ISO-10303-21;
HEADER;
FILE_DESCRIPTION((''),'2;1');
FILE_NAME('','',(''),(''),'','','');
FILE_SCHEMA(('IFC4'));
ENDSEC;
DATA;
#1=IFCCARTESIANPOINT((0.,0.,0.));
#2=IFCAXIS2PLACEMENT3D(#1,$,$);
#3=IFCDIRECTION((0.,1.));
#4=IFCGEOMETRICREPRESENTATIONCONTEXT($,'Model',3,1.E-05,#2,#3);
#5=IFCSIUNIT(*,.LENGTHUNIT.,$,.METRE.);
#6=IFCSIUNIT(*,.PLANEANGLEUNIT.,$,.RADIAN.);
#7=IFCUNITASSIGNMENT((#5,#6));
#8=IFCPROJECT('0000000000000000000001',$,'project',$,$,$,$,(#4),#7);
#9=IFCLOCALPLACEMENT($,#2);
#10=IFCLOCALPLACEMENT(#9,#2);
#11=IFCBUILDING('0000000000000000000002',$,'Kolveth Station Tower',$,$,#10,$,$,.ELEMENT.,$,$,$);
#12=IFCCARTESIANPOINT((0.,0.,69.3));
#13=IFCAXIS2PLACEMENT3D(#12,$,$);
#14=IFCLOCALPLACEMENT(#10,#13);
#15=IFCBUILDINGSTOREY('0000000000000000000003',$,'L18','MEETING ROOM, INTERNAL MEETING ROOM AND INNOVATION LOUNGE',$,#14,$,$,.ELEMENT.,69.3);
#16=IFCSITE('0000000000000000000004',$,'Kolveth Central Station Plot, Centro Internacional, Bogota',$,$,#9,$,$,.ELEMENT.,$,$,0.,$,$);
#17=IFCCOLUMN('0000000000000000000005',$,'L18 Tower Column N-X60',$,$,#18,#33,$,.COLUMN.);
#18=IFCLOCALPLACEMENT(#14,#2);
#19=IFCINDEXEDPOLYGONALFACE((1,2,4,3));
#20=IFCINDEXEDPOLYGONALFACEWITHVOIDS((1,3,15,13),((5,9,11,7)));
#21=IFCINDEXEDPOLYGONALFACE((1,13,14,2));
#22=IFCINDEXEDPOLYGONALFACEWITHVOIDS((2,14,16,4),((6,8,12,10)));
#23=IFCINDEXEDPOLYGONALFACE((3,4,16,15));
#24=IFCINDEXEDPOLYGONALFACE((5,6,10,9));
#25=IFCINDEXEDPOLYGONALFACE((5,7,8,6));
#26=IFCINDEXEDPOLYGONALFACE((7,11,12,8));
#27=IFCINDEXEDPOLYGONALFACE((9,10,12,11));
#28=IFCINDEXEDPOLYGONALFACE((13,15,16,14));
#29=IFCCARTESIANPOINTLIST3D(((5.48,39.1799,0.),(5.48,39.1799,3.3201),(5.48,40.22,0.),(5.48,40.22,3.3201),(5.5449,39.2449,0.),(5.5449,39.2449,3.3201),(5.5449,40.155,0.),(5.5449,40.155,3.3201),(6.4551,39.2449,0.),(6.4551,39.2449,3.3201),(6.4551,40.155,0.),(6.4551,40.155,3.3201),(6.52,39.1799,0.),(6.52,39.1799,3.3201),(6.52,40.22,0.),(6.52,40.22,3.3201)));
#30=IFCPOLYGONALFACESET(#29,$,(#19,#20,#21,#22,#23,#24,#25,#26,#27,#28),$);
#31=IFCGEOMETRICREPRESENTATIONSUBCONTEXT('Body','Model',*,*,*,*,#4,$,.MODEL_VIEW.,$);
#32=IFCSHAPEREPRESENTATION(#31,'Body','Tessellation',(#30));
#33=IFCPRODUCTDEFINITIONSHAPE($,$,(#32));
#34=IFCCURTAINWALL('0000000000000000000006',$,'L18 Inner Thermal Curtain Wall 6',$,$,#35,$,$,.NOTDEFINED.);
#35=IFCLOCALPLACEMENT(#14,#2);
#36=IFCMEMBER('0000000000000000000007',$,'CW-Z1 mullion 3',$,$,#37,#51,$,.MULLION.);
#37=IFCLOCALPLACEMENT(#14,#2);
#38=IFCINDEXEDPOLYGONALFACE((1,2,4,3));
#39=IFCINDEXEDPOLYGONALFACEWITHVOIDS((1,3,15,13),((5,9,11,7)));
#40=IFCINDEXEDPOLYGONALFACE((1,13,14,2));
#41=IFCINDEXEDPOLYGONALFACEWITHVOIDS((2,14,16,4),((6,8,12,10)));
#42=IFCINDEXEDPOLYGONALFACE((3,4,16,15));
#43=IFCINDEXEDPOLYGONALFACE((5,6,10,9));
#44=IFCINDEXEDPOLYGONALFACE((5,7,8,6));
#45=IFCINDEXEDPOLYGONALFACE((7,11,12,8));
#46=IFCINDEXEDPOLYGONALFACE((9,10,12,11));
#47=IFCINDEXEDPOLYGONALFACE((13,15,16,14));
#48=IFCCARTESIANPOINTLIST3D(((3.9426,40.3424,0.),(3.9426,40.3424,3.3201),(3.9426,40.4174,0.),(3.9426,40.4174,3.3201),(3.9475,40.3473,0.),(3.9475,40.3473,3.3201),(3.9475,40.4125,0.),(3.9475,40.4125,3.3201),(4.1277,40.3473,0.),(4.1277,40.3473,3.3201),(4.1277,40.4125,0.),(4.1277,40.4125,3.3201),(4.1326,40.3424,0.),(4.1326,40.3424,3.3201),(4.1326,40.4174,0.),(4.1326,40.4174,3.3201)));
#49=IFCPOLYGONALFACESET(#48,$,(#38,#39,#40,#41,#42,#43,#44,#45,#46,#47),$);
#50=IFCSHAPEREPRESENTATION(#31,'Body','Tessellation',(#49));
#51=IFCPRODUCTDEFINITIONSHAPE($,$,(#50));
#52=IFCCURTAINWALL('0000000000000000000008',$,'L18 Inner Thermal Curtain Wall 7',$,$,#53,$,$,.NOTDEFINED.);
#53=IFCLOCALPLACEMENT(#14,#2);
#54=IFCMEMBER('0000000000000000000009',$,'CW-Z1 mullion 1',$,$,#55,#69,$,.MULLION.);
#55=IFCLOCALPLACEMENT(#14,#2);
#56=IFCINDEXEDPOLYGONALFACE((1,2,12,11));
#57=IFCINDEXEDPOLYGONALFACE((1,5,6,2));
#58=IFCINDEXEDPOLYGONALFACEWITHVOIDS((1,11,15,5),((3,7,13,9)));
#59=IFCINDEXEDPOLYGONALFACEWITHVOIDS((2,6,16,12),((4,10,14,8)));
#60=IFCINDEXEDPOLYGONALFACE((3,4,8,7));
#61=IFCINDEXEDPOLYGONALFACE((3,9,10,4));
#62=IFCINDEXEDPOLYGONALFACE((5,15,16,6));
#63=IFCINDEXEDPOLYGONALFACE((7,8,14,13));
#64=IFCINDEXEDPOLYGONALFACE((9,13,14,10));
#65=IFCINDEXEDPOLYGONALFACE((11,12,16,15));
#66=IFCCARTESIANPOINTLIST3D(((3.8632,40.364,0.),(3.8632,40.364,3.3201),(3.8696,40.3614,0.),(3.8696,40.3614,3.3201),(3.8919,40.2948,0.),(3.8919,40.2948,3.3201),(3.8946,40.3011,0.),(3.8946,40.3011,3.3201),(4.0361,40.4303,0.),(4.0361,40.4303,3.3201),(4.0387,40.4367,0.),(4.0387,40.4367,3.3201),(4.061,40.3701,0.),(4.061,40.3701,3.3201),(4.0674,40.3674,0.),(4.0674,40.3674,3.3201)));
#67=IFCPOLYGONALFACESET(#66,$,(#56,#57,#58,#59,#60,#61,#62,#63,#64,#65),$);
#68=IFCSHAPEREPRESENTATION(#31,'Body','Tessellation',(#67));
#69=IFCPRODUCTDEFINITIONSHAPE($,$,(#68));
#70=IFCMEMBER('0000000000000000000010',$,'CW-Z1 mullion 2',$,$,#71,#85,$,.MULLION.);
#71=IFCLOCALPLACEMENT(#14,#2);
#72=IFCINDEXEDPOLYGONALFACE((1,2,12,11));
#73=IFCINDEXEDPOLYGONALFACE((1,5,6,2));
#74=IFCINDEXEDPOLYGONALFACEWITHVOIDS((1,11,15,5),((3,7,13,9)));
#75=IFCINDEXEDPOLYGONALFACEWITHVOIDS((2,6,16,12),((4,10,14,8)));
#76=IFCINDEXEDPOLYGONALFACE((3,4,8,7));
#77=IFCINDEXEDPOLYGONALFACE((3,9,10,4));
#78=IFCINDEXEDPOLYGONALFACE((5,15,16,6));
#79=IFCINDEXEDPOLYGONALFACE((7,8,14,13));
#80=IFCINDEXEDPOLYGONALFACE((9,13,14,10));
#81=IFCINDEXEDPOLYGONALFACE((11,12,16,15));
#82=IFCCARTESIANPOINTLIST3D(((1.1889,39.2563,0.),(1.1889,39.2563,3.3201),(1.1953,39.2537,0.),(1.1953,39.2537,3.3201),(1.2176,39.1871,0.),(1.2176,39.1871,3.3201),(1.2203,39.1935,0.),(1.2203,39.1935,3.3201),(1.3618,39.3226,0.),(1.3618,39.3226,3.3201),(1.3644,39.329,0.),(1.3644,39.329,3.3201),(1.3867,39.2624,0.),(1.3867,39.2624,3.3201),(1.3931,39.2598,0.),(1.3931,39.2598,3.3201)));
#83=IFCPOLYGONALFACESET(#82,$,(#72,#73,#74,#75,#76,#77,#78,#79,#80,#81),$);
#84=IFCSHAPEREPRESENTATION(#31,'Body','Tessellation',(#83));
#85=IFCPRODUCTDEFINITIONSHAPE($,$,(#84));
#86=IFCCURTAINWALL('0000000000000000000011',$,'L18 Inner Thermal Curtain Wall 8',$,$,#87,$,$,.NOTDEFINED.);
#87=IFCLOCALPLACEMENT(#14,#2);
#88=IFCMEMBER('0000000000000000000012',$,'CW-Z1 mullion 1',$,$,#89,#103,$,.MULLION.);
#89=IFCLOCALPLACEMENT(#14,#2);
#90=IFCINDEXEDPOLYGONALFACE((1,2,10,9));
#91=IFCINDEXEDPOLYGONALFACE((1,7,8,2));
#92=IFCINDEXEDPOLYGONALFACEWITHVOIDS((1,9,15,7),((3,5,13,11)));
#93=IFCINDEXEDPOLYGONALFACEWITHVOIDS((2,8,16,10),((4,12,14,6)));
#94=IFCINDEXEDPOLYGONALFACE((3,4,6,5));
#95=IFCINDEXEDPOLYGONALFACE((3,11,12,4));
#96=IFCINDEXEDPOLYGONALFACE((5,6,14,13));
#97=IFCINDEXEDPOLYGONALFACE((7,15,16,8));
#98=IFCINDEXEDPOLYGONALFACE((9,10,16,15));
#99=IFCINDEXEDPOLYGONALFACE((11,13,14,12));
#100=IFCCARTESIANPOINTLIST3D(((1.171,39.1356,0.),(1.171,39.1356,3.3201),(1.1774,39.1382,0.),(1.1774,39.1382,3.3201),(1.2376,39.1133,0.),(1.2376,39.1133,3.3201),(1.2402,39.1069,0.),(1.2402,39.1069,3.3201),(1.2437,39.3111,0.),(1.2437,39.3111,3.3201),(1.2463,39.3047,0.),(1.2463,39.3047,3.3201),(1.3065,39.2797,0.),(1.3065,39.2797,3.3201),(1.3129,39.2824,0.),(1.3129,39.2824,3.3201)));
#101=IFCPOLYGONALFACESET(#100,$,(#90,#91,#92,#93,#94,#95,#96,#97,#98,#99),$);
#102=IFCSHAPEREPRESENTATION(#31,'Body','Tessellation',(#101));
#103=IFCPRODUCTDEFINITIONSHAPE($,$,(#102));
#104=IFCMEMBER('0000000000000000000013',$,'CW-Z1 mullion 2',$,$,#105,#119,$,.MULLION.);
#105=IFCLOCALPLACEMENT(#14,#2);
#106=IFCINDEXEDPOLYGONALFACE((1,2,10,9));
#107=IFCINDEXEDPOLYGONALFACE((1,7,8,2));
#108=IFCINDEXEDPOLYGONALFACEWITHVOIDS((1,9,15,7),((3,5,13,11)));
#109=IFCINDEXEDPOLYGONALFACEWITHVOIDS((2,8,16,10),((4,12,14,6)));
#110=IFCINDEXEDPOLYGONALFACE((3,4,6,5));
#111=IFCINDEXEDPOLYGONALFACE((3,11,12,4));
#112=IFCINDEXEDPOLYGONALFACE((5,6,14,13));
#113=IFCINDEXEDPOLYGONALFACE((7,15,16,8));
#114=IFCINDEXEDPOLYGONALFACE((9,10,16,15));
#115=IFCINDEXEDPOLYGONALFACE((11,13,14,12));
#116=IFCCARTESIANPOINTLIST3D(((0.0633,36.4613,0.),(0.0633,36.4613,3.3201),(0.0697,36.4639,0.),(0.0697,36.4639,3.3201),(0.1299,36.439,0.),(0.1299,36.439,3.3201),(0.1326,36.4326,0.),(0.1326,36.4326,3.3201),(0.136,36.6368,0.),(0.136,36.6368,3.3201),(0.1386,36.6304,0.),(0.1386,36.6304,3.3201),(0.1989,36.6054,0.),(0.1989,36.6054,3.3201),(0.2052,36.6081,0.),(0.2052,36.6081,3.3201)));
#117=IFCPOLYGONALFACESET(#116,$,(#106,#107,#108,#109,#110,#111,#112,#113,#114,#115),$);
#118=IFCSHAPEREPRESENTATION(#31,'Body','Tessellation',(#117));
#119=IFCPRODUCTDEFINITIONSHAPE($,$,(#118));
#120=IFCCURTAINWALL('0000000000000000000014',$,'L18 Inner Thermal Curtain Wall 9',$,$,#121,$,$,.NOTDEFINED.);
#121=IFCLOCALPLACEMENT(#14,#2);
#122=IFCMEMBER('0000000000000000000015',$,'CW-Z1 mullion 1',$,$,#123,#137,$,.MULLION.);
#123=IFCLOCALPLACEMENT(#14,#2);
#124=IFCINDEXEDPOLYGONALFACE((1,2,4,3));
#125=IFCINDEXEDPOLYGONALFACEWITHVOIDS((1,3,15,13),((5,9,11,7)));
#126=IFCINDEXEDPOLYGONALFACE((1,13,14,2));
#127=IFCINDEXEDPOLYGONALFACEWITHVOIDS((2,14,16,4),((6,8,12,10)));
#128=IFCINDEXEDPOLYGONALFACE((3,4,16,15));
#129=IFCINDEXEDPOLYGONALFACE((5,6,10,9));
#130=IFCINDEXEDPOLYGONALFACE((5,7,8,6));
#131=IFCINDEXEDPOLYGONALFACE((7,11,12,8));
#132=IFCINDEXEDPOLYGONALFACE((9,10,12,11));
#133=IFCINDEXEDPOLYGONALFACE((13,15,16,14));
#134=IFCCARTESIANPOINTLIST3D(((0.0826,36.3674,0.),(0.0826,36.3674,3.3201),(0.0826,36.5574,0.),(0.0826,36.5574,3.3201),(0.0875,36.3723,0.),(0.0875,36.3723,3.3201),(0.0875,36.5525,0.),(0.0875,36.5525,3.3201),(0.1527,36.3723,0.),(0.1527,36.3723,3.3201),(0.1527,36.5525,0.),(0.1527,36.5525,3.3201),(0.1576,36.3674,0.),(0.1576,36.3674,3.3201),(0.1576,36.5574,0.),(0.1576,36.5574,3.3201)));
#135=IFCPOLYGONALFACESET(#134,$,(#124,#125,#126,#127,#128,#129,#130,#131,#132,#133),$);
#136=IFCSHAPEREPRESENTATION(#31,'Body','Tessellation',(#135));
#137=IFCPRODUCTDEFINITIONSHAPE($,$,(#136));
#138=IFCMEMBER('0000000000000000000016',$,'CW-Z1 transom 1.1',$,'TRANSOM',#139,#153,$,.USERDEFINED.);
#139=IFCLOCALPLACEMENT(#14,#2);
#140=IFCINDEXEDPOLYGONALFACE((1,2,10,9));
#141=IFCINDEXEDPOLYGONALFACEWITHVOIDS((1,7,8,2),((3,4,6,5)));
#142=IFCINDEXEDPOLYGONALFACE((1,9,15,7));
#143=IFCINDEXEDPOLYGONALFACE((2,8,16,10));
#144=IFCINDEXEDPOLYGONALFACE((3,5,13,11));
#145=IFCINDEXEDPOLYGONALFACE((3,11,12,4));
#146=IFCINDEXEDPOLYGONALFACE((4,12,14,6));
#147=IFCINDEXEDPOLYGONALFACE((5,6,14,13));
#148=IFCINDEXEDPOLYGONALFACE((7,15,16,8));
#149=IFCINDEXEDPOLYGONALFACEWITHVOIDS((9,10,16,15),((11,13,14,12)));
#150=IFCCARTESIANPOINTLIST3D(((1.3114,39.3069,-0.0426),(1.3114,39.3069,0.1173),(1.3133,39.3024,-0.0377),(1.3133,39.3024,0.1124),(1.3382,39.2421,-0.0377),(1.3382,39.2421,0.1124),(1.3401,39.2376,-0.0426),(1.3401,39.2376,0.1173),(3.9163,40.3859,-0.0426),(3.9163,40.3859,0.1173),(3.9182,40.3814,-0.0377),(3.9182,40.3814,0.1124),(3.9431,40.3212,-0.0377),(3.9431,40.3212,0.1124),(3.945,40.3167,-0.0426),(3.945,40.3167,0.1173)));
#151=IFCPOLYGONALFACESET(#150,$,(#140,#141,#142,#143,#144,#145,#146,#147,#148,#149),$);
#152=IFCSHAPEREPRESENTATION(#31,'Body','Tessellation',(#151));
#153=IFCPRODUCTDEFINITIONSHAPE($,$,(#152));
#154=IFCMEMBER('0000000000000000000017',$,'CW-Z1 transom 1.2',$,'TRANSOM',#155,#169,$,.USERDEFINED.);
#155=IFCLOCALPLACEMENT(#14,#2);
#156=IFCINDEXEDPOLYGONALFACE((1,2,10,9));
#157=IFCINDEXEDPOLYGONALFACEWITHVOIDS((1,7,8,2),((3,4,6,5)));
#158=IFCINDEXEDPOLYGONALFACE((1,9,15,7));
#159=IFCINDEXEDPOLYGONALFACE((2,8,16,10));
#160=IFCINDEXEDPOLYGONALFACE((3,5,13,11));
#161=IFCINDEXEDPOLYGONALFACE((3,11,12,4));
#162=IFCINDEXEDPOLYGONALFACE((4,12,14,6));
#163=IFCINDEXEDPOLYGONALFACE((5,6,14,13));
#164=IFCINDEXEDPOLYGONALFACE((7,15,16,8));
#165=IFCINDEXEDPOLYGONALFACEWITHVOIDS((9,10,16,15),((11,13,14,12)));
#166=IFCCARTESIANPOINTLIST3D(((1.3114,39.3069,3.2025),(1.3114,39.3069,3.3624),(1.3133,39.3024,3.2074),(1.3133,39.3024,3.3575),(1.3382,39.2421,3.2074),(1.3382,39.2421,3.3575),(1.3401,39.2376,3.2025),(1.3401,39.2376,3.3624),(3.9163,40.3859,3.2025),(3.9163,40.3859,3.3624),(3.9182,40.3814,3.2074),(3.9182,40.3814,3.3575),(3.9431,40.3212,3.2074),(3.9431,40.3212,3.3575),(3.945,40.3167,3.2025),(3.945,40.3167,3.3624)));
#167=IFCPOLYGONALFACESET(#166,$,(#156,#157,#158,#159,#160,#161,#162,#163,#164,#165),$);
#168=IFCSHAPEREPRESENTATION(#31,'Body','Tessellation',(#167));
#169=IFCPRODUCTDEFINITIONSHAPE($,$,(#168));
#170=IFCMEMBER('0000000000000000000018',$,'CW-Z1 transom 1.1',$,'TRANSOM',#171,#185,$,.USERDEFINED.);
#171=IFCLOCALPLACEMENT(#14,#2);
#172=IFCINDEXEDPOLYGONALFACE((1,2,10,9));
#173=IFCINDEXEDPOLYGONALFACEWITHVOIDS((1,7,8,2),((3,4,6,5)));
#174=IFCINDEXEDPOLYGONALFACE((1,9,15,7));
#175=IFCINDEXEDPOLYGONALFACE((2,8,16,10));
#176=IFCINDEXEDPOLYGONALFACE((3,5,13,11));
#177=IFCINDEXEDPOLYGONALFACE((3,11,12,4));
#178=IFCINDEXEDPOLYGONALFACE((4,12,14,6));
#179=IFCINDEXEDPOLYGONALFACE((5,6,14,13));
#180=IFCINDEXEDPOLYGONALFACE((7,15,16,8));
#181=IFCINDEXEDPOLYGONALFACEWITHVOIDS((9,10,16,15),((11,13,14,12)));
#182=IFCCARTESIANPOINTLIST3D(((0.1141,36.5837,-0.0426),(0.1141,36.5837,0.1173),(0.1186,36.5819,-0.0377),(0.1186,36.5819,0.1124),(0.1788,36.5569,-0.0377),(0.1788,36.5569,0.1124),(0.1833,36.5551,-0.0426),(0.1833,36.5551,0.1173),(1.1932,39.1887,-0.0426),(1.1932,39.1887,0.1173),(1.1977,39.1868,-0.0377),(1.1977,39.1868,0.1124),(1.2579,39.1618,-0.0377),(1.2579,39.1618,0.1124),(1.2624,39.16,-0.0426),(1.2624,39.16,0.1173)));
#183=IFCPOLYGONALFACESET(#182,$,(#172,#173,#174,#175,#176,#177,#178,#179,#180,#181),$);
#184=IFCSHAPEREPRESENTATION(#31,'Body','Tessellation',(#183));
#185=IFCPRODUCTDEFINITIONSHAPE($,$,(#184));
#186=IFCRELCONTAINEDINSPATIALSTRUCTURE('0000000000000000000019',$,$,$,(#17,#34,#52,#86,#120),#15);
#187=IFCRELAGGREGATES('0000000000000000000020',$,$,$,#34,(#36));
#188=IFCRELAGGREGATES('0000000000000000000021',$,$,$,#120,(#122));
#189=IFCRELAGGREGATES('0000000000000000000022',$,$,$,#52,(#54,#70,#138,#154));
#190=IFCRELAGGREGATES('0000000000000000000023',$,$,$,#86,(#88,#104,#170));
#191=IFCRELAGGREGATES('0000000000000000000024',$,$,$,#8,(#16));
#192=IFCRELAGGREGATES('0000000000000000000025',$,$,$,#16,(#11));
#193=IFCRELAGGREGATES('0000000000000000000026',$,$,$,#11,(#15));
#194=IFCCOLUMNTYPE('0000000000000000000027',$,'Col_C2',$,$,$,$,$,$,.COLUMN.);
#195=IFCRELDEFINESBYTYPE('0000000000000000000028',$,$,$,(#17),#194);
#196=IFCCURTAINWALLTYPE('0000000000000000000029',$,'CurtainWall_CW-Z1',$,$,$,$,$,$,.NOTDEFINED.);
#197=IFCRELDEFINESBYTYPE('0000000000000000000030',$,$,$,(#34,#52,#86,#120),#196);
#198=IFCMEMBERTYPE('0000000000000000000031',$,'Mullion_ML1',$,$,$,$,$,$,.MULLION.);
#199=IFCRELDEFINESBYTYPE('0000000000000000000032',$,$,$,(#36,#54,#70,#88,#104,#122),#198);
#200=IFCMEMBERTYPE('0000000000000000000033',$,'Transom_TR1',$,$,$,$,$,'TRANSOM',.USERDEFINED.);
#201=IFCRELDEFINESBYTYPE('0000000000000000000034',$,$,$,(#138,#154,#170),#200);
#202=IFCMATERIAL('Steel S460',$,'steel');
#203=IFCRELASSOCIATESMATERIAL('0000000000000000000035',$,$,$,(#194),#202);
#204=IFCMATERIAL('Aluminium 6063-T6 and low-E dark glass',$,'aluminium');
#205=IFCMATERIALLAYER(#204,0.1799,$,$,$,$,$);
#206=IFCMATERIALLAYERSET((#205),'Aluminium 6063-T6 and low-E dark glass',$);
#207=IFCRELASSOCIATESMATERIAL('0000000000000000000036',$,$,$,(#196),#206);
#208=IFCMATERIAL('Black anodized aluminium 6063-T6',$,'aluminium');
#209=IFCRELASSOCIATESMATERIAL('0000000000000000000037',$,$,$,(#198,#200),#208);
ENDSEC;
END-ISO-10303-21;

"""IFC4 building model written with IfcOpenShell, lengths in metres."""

from ifc_helpers import new_model, si_unit, direction, frame, origin, origin_2d, place, context, subcontext, project, spatial, hollow_rectangle, extrude, source, transform, mapped, material, layer, layer_set, material_profile, profile_set, type_object, element, aggregate, save


model = new_model("IFC4")

# Units and contexts
model_context = context("Model", 3, precision=1e-05, world=origin(), true_north=direction((0.0, 1.0)))
body_context = subcontext(model_context, "Body", "Model", "MODEL_VIEW")
ifc_project = project(units=[si_unit("LENGTHUNIT", "METRE"), si_unit("PLANEANGLEUNIT", "RADIAN")], contexts=[model_context])

# Site, building, storey
site_placement = place(None, origin())
site = spatial("IfcSite", under=ifc_project, at=site_placement, Name="Kolveth Central Station Plot, Centro Internacional, Bogota", CompositionType="ELEMENT", RefElevation=0.0)
building_placement = place(site_placement, origin())
building = spatial("IfcBuilding", under=site, at=building_placement, Name="Kolveth Station Tower", CompositionType="ELEMENT")
storey_placement = place(building_placement, frame((0.0, 0.0, 69.3)))
storey = spatial("IfcBuildingStorey", under=building, at=storey_placement, Name="L18", Description="MEETING ROOM, INTERNAL MEETING ROOM AND INNOVATION LOUNGE", CompositionType="ELEMENT", Elevation=69.3)

# Column
ifc_material_1 = material(Name="Steel S460", Category="steel")
ifc_material_profile_1 = material_profile(ifc_material_1, hollow_rectangle(XDim=1.04, YDim=1.04, WallThickness=0.0649, at=origin_2d()), Name="BOX1040x1040x65")
ifc_profile_set_1 = profile_set([ifc_material_profile_1], Name="Steel S460")
column_type = type_object("IfcColumnType", Name="Col_C2", PredefinedType="COLUMN", material=ifc_profile_set_1)
shared_shape_1 = source(origin(), body_context, "Body", "SweptSolid", [
    extrude(hollow_rectangle(XDim=1.04, YDim=1.04, WallThickness=0.0649, at=origin_2d()), origin(), (0.0, 0.0, 1.0), 3.3201),
])
column_placement = place(storey_placement, frame((6.0, 39.7, 0.0), z_axis=(0.0, 0.0, 1.0), x_axis=(1.0, 0.0, 0.0)))
element("IfcColumn", 1, at=column_placement, inside=storey, type_object=column_type, Name="L18 Tower Column N-X60", PredefinedType="COLUMN", context=body_context, shape_type="MappedRepresentation", body=[
    mapped(shared_shape_1, transform((0.0, 0.0, 0.0), x_axis=(1.0, 0.0, 0.0), y_axis=(0.0, 1.0, 0.0), z_axis=(0.0, 0.0, 1.0), scale=1.0)),
])

# Curtain wall, member
ifc_material_2 = material(Name="Aluminium 6063-T6 and low-E dark glass", Category="aluminium")
ifc_layer_1 = layer(ifc_material_2, 0.1799)
ifc_layer_set_1 = layer_set([ifc_layer_1], Name="Aluminium 6063-T6 and low-E dark glass")
curtain_wall_type_1 = type_object("IfcCurtainWallType", Name="CurtainWall_CW-Z1", PredefinedType="NOTDEFINED", material=ifc_layer_set_1)
curtain_wall_1_placement = place(storey_placement, origin())
curtain_wall_1 = element("IfcCurtainWall", 2, at=curtain_wall_1_placement, inside=storey, type_object=curtain_wall_type_1, Name="L18 Inner Thermal Curtain Wall 6", PredefinedType="NOTDEFINED")
ifc_material_3 = material(Name="Black anodized aluminium 6063-T6", Category="aluminium")
ifc_material_profile_2 = material_profile(ifc_material_3, hollow_rectangle(XDim=0.075, YDim=0.1899, WallThickness=0.0049, at=origin_2d()), Name="ALU-75x190x5")
ifc_profile_set_2 = profile_set([ifc_material_profile_2], Name="Black anodized aluminium 6063-T6")
member_type_1 = type_object("IfcMemberType", Name="Mullion_ML1", PredefinedType="MULLION", material=ifc_profile_set_2)
shared_shape_2 = source(origin(), body_context, "Body", "SweptSolid", [
    extrude(hollow_rectangle(XDim=0.075, YDim=0.1899, WallThickness=0.0049, at=origin_2d()), origin(), (0.0, 0.0, 1.0), 3.3201),
])
member_1_placement = place(storey_placement, frame((4.0376, 40.3799, 0.0), z_axis=(0.0, 0.0, 1.0), x_axis=(0.0, -1.0, 0.0)))
member_1 = element("IfcMember", 3, at=member_1_placement, type_object=member_type_1, Name="CW-Z1 mullion 3", PredefinedType="MULLION", context=body_context, shape_type="MappedRepresentation", body=[
    mapped(shared_shape_2, transform((0.0, 0.0, 0.0), x_axis=(1.0, 0.0, 0.0), y_axis=(0.0, 1.0, 0.0), z_axis=(0.0, 0.0, 1.0), scale=1.0)),
])
aggregate(curtain_wall_1, [member_1])

# Curtain walls, members
curtain_wall_2_placement = place(storey_placement, origin())
curtain_wall_2 = element("IfcCurtainWall", 4, at=curtain_wall_2_placement, inside=storey, type_object=curtain_wall_type_1, Name="L18 Inner Thermal Curtain Wall 7", PredefinedType="NOTDEFINED")
member_2_placement = place(storey_placement, frame((3.9653, 40.3657, 0.0), z_axis=(0.0, 0.0, 1.0), x_axis=(0.382673, -0.923884, 0.0)))
member_2 = element("IfcMember", 5, at=member_2_placement, type_object=member_type_1, Name="CW-Z1 mullion 1", PredefinedType="MULLION", context=body_context, shape_type="MappedRepresentation", body=[
    mapped(shared_shape_2, transform((0.0, 0.0, 0.0), x_axis=(1.0, 0.0, 0.0), y_axis=(0.0, 1.0, 0.0), z_axis=(0.0, 0.0, 1.0), scale=1.0)),
])
member_3_placement = place(storey_placement, frame((1.291, 39.2581, 0.0), z_axis=(0.0, 0.0, 1.0), x_axis=(0.382673, -0.923884, 0.0)))
member_3 = element("IfcMember", 6, at=member_3_placement, type_object=member_type_1, Name="CW-Z1 mullion 2", PredefinedType="MULLION", context=body_context, shape_type="MappedRepresentation", body=[
    mapped(shared_shape_2, transform((0.0, 0.0, 0.0), x_axis=(1.0, 0.0, 0.0), y_axis=(0.0, 1.0, 0.0), z_axis=(0.0, 0.0, 1.0), scale=1.0)),
])
curtain_wall_3_placement = place(storey_placement, origin())
curtain_wall_3 = element("IfcCurtainWall", 7, at=curtain_wall_3_placement, inside=storey, type_object=curtain_wall_type_1, Name="L18 Inner Thermal Curtain Wall 8", PredefinedType="NOTDEFINED")
member_4_placement = place(storey_placement, frame((1.2419, 39.209, 0.0), z_axis=(0.0, 0.0, 1.0), x_axis=(0.923884, -0.382673, 0.0)))
member_4 = element("IfcMember", 8, at=member_4_placement, type_object=member_type_1, Name="CW-Z1 mullion 1", PredefinedType="MULLION", context=body_context, shape_type="MappedRepresentation", body=[
    mapped(shared_shape_2, transform((0.0, 0.0, 0.0), x_axis=(1.0, 0.0, 0.0), y_axis=(0.0, 1.0, 0.0), z_axis=(0.0, 0.0, 1.0), scale=1.0)),
])
member_5_placement = place(storey_placement, frame((0.1343, 36.5347, 0.0), z_axis=(0.0, 0.0, 1.0), x_axis=(0.923884, -0.382673, 0.0)))
member_5 = element("IfcMember", 9, at=member_5_placement, type_object=member_type_1, Name="CW-Z1 mullion 2", PredefinedType="MULLION", context=body_context, shape_type="MappedRepresentation", body=[
    mapped(shared_shape_2, transform((0.0, 0.0, 0.0), x_axis=(1.0, 0.0, 0.0), y_axis=(0.0, 1.0, 0.0), z_axis=(0.0, 0.0, 1.0), scale=1.0)),
])

# Curtain wall, member
curtain_wall_4_placement = place(storey_placement, origin())
curtain_wall_4 = element("IfcCurtainWall", 10, at=curtain_wall_4_placement, inside=storey, type_object=curtain_wall_type_1, Name="L18 Inner Thermal Curtain Wall 9", PredefinedType="NOTDEFINED")
member_6_placement = place(storey_placement, frame((0.1201, 36.4624, 0.0), z_axis=(0.0, 0.0, 1.0), x_axis=(1.0, 0.0, 0.0)))
member_6 = element("IfcMember", 11, at=member_6_placement, type_object=member_type_1, Name="CW-Z1 mullion 1", PredefinedType="MULLION", context=body_context, shape_type="MappedRepresentation", body=[
    mapped(shared_shape_2, transform((0.0, 0.0, 0.0), x_axis=(1.0, 0.0, 0.0), y_axis=(0.0, 1.0, 0.0), z_axis=(0.0, 0.0, 1.0), scale=1.0)),
])
aggregate(curtain_wall_4, [member_6])

# Members
ifc_material_profile_3 = material_profile(ifc_material_3, hollow_rectangle(XDim=0.075, YDim=0.1599, WallThickness=0.0049, at=origin_2d()), Name="ALU-75x160x5")
ifc_profile_set_3 = profile_set([ifc_material_profile_3], Name="Black anodized aluminium 6063-T6")
member_type_2 = type_object("IfcMemberType", Name="Transom_TR1", ElementType="TRANSOM", PredefinedType="USERDEFINED", material=ifc_profile_set_3)
shared_shape_3 = source(origin(), body_context, "Body", "SweptSolid", [
    extrude(hollow_rectangle(XDim=0.075, YDim=0.1599, WallThickness=0.0049, at=origin_2d()), origin(), (0.0, 0.0, 1.0), 2.8196),
])
member_7_placement = place(storey_placement, frame((3.9307, 40.3513, 0.0374), z_axis=(-0.923869, -0.382709, 0.0), x_axis=(0.382709, -0.923869, 0.0)))
member_7 = element("IfcMember", 12, at=member_7_placement, type_object=member_type_2, Name="CW-Z1 transom 1.1", ObjectType="TRANSOM", PredefinedType="USERDEFINED", context=body_context, shape_type="MappedRepresentation", body=[
    mapped(shared_shape_3, transform((0.0, 0.0, 0.0), x_axis=(1.0, 0.0, 0.0), y_axis=(0.0, 1.0, 0.0), z_axis=(0.0, 0.0, 1.0), scale=1.0)),
])
member_8_placement = place(storey_placement, frame((3.9307, 40.3513, 3.2825), z_axis=(-0.923869, -0.382709, 0.0), x_axis=(0.382709, -0.923869, 0.0)))
member_8 = element("IfcMember", 13, at=member_8_placement, type_object=member_type_2, Name="CW-Z1 transom 1.2", ObjectType="TRANSOM", PredefinedType="USERDEFINED", context=body_context, shape_type="MappedRepresentation", body=[
    mapped(shared_shape_3, transform((0.0, 0.0, 0.0), x_axis=(1.0, 0.0, 0.0), y_axis=(0.0, 1.0, 0.0), z_axis=(0.0, 0.0, 1.0), scale=1.0)),
])
member_9_placement = place(storey_placement, frame((1.2278, 39.1743, 0.0374), z_axis=(-0.382709, -0.923869, 0.0), x_axis=(0.923869, -0.382709, 0.0)))
member_9 = element("IfcMember", 14, at=member_9_placement, type_object=member_type_2, Name="CW-Z1 transom 1.1", ObjectType="TRANSOM", PredefinedType="USERDEFINED", context=body_context, shape_type="MappedRepresentation", body=[
    mapped(shared_shape_3, transform((0.0, 0.0, 0.0), x_axis=(1.0, 0.0, 0.0), y_axis=(0.0, 1.0, 0.0), z_axis=(0.0, 0.0, 1.0), scale=1.0)),
])

aggregate(curtain_wall_2, [member_2, member_3, member_7, member_8])
aggregate(curtain_wall_3, [member_4, member_5, member_9])

save(model, "model.ifc")
